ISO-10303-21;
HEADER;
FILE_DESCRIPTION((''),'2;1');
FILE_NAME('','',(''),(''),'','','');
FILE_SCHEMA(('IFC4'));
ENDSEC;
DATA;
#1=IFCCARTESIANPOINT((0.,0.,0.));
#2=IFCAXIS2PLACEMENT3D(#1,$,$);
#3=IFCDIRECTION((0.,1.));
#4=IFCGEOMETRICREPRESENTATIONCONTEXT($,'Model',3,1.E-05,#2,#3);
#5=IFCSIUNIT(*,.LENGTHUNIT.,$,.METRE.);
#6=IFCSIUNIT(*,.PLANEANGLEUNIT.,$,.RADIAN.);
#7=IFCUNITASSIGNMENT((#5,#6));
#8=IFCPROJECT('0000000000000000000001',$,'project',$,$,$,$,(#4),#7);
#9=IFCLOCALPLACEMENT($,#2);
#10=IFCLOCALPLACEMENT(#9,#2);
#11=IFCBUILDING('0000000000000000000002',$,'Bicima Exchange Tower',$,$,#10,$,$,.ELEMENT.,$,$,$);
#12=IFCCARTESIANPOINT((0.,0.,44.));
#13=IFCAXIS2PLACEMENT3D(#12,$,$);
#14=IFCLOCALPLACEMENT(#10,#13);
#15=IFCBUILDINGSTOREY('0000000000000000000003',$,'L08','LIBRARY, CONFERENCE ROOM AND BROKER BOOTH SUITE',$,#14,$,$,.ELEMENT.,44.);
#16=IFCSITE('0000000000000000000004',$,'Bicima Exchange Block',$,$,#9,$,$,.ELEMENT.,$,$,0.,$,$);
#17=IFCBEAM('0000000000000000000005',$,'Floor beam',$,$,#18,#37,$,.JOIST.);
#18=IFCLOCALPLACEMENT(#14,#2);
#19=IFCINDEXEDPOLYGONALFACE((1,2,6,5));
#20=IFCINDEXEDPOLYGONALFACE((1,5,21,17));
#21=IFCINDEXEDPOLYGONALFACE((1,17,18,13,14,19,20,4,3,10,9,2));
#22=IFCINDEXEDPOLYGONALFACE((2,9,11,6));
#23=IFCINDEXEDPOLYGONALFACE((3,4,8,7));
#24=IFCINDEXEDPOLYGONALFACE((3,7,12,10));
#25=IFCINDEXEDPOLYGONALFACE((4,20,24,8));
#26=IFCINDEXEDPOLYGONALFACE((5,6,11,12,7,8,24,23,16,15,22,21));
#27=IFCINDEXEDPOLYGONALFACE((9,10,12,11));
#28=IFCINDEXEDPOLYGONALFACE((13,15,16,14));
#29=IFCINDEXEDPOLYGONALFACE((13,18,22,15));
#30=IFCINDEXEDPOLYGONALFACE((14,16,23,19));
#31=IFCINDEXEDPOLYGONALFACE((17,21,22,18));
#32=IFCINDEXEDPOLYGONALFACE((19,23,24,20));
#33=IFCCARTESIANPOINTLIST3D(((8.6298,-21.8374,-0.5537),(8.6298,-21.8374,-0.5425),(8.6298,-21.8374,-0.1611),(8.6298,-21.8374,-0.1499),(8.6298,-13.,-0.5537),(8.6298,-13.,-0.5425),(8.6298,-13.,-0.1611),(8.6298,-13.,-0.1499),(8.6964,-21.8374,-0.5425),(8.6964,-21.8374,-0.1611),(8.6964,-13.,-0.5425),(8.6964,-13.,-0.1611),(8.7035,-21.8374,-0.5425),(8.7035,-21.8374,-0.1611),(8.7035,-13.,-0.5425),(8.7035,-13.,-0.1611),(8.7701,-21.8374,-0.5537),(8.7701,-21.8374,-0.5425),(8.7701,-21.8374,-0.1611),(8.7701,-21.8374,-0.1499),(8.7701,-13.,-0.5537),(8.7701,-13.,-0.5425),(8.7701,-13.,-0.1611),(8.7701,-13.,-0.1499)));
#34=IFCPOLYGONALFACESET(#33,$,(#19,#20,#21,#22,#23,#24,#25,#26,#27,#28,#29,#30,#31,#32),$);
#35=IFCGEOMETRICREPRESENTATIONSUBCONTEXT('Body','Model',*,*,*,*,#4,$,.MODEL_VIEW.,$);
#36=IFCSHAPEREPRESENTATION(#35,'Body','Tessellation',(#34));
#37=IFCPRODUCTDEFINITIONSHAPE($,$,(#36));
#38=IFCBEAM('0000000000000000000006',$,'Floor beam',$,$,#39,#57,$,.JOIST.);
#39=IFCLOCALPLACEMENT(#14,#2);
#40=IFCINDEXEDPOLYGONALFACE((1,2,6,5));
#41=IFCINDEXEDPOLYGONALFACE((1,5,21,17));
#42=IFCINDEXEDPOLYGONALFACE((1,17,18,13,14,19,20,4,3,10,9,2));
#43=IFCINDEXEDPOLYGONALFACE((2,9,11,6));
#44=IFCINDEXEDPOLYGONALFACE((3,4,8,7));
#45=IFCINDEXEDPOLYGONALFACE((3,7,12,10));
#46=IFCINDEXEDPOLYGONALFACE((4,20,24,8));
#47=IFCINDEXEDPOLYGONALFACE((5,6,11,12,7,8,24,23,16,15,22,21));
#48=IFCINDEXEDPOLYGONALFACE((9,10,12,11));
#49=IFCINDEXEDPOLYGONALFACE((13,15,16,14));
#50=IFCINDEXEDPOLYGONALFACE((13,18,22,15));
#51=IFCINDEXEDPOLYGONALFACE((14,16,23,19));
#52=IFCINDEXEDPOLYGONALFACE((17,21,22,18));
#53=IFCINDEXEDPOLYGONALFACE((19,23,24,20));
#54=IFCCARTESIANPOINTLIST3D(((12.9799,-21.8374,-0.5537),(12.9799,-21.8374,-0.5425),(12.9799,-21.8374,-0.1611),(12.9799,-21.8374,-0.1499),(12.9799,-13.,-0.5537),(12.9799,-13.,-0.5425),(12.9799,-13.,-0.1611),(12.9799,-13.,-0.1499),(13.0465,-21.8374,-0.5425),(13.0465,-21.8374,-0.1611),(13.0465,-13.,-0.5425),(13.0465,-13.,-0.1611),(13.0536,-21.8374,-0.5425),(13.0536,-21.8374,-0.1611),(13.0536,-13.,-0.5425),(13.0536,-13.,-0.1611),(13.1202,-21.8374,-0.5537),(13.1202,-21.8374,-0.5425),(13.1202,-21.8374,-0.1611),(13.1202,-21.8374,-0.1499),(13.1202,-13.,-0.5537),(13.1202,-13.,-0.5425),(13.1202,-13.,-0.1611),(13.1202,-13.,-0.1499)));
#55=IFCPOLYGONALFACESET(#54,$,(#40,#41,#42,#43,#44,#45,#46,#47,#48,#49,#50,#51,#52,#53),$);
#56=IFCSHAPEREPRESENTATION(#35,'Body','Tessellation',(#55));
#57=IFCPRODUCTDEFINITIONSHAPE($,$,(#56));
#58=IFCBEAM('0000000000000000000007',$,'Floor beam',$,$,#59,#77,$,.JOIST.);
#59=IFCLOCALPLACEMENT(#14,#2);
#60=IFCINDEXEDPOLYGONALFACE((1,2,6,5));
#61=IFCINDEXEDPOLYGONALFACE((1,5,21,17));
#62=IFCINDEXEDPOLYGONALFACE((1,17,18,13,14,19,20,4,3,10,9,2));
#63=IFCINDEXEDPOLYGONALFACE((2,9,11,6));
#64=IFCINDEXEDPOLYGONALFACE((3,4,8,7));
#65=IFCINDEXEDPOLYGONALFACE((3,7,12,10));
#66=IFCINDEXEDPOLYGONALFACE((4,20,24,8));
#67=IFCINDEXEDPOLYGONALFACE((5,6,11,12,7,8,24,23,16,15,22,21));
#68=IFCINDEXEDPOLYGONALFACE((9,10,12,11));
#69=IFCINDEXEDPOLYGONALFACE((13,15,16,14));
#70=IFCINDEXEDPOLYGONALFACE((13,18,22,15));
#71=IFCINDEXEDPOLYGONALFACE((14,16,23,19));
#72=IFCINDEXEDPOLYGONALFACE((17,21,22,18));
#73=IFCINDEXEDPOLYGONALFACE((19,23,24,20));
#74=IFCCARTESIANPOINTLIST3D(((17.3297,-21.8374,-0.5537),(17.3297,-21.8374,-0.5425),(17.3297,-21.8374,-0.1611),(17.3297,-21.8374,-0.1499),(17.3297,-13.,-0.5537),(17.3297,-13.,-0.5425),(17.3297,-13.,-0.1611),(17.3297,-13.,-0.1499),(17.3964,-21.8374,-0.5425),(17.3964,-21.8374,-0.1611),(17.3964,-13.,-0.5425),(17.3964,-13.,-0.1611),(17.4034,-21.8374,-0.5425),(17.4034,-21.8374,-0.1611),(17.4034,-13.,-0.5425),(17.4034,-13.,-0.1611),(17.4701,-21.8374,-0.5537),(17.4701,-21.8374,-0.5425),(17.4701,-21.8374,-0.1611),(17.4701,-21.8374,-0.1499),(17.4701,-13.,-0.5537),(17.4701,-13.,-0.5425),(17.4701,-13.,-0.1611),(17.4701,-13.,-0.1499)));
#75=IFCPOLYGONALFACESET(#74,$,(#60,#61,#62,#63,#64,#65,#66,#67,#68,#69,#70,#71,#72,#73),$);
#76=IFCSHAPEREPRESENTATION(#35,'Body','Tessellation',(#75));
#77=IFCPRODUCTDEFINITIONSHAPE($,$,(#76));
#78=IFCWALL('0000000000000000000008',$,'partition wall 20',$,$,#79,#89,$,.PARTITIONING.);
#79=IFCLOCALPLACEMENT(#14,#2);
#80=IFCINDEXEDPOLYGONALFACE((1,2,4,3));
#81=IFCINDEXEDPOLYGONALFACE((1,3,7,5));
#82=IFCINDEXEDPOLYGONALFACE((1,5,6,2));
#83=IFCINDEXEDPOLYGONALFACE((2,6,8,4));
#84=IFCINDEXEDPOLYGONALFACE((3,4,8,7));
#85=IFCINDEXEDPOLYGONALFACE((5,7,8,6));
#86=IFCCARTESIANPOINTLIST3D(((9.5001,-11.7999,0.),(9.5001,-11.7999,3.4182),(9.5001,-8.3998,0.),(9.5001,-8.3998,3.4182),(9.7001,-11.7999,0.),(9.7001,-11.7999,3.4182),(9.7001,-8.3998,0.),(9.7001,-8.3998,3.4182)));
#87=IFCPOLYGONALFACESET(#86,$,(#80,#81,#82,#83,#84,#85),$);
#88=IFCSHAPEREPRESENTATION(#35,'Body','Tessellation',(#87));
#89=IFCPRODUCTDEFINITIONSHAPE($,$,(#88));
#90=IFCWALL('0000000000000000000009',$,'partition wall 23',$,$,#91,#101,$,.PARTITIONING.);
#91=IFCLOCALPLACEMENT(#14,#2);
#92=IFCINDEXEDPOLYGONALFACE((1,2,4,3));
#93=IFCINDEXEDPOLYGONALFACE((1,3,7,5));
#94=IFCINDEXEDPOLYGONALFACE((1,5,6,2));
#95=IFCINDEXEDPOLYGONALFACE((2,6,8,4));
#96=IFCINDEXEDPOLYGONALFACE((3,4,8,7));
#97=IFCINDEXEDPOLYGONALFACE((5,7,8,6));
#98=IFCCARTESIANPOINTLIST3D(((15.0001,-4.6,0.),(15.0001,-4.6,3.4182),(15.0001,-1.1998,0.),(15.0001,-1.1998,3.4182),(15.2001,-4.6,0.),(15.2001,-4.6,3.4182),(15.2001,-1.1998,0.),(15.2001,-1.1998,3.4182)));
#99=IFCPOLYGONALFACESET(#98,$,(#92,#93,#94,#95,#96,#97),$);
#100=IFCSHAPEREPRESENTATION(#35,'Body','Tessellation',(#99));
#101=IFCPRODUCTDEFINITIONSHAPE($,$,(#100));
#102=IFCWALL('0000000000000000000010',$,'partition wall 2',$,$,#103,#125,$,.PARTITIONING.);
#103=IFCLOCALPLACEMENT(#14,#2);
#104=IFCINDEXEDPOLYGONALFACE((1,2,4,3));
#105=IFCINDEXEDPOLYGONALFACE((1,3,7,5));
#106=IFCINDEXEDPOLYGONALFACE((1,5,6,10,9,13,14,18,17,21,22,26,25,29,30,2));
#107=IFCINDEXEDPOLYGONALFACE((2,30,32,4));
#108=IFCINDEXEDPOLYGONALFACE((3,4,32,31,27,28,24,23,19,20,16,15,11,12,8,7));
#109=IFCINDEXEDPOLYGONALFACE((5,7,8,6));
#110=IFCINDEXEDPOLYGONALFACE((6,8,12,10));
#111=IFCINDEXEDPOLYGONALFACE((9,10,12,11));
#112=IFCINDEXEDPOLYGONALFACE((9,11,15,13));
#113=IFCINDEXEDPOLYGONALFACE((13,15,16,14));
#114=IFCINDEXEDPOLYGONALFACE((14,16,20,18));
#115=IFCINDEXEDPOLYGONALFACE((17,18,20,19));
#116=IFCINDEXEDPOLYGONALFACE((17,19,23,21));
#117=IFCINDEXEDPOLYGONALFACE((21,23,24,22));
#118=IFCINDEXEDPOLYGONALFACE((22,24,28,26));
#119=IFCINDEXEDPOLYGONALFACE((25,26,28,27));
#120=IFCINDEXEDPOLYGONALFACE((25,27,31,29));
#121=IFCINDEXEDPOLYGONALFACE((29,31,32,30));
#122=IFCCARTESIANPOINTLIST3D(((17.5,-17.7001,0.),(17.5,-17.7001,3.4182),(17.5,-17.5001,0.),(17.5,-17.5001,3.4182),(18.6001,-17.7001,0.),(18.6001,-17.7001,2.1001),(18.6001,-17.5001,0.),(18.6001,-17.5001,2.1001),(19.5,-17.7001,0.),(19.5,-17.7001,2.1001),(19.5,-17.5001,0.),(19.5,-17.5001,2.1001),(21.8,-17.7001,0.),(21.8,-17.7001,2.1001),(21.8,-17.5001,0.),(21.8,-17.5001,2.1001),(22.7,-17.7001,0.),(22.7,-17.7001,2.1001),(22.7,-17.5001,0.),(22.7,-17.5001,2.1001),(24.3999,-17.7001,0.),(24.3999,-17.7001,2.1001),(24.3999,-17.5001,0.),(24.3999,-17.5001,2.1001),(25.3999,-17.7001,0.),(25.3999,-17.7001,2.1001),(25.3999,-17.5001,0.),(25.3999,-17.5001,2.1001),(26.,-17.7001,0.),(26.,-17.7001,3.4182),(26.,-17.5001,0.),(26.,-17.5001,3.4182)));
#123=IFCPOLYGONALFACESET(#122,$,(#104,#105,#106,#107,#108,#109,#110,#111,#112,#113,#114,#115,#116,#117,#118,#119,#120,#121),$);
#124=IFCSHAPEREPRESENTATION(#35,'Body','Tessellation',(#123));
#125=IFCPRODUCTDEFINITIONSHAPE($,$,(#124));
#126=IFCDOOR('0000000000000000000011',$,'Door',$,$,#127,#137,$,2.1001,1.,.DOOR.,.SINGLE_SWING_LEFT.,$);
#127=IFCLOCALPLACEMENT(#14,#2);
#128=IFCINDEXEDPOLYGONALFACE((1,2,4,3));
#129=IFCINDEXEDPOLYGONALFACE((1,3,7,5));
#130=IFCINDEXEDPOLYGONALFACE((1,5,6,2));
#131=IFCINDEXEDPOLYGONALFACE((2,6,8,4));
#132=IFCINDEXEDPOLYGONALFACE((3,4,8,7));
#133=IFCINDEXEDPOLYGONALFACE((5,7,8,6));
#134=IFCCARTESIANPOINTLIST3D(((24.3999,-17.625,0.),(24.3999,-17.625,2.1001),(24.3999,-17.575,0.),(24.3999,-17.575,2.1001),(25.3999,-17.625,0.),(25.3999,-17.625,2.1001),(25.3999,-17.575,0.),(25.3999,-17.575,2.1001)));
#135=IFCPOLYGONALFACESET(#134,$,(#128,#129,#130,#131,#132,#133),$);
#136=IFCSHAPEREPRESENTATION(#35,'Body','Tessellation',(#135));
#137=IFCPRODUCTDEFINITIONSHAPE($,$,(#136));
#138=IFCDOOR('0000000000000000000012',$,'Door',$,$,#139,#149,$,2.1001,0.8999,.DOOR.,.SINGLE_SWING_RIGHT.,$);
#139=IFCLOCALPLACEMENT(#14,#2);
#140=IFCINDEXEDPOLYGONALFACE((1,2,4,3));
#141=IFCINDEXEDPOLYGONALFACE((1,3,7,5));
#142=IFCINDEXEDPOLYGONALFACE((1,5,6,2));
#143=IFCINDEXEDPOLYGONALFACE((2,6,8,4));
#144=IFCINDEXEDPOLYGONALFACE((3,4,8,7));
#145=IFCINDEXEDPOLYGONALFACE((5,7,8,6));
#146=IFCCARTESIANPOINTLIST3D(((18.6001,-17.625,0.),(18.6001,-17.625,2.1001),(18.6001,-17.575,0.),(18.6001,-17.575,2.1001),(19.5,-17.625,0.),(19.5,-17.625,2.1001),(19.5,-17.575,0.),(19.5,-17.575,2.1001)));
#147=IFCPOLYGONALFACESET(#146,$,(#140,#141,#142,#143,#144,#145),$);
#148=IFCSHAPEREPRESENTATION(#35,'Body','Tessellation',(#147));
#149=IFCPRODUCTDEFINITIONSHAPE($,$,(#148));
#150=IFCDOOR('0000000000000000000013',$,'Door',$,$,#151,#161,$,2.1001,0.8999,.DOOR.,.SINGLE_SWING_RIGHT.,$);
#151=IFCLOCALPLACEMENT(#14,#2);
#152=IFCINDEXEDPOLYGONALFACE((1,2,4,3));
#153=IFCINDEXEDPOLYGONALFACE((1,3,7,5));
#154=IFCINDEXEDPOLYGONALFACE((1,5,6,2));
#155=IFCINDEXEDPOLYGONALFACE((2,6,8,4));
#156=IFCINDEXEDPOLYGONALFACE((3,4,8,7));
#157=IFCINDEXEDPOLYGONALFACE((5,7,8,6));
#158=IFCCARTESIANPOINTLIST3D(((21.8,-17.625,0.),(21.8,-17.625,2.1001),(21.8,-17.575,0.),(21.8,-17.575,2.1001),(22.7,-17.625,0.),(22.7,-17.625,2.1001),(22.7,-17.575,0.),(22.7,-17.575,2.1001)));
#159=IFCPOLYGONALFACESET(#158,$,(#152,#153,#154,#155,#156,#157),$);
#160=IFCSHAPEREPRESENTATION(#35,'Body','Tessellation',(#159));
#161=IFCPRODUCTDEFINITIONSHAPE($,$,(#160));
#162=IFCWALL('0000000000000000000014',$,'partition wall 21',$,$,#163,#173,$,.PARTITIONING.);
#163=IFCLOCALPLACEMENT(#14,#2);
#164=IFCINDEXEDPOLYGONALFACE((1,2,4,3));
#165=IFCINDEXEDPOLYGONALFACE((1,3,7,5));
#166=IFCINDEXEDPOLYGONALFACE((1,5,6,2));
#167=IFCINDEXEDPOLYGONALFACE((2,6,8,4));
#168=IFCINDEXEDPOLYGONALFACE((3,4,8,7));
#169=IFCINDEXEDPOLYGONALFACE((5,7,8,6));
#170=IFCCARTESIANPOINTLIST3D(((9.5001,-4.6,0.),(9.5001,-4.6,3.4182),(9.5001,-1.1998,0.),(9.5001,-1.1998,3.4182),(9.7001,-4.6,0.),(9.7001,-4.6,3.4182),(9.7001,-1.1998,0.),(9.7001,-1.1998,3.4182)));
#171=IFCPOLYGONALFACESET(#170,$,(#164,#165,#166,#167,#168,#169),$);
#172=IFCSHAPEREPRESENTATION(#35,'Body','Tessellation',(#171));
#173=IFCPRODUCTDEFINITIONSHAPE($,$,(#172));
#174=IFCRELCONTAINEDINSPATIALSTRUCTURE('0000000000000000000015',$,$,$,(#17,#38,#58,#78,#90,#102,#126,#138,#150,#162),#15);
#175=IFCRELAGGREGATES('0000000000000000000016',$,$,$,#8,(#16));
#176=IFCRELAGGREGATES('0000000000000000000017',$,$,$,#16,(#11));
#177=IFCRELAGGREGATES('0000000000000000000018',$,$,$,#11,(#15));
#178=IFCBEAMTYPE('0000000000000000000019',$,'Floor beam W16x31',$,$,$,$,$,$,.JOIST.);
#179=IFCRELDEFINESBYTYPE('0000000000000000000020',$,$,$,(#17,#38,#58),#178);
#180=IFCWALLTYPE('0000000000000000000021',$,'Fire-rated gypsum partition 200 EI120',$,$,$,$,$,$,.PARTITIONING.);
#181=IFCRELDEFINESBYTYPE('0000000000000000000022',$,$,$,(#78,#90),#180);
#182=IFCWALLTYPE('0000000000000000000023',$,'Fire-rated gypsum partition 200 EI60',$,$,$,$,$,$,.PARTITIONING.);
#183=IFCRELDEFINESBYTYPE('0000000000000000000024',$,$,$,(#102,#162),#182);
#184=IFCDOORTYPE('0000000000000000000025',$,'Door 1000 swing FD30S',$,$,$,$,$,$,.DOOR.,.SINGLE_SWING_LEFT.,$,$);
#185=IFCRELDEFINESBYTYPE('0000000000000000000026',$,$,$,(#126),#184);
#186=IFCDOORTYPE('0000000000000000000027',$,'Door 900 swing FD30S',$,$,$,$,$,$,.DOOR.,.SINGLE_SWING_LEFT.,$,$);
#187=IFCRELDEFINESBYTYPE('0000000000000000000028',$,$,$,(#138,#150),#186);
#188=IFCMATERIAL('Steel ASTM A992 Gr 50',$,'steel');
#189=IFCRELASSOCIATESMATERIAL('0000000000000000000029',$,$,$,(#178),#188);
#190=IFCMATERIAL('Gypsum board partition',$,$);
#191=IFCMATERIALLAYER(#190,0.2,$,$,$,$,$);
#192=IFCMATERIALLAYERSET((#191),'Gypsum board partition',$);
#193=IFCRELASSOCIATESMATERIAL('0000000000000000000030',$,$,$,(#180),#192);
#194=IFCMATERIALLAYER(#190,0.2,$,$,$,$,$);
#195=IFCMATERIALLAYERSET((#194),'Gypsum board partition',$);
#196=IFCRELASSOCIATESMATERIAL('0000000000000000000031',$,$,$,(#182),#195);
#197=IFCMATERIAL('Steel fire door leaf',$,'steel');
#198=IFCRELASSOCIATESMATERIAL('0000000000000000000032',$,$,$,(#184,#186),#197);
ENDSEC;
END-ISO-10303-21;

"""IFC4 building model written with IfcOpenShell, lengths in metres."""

from ifc_helpers import new_model, si_unit, direction, frame, frame_2d, origin, origin_2d, place, context, subcontext, project, spatial, rectangle, i_section, extrude, material, layer, layer_set, material_profile, profile_set, type_object, element, fill, save


model = new_model("IFC4")

# Units and contexts
model_context = context("Model", 3, precision=1e-05, world=origin(), true_north=direction((0.0, 1.0)))
body_context = subcontext(model_context, "Body", "Model", "MODEL_VIEW")
ifc_project = project(units=[si_unit("LENGTHUNIT", "METRE"), si_unit("PLANEANGLEUNIT", "RADIAN")], contexts=[model_context])

# Site, building, storey
site_placement = place(None, origin())
site = spatial("IfcSite", under=ifc_project, at=site_placement, Name="Bicima Exchange Block", CompositionType="ELEMENT", RefElevation=0.0)
building_placement = place(site_placement, origin())
building = spatial("IfcBuilding", under=site, at=building_placement, Name="Bicima Exchange Tower", CompositionType="ELEMENT")
storey_placement = place(building_placement, frame((0.0, 0.0, 44.0)))
storey = spatial("IfcBuildingStorey", under=building, at=storey_placement, Name="L08", Description="LIBRARY, CONFERENCE ROOM AND BROKER BOOTH SUITE", CompositionType="ELEMENT", Elevation=44.0)

# Beams
ifc_material_1 = material(Name="Steel ASTM A992 Gr 50", Category="steel")
ifc_material_profile = material_profile(ifc_material_1, i_section(OverallWidth=0.1404, OverallDepth=0.4038, WebThickness=0.0071, FlangeThickness=0.0112, at=origin_2d()))
ifc_profile_set = profile_set([ifc_material_profile], Name="Steel ASTM A992 Gr 50")
beam_type = type_object("IfcBeamType", Name="Floor beam W16x31", PredefinedType="JOIST", material=ifc_profile_set)
for number, where, z_axis, x_axis, name in (
    (1, (8.7, -13.0, -0.3518), (0.0, -1.0, 0.0), (1.0, 0.0, 0.0), "Floor beam"),
    (2, (13.05, -13.0, -0.3518), (0.0, -1.0, 0.0), (1.0, 0.0, 0.0), "Floor beam"),
    (3, (17.3999, -13.0, -0.3518), (0.0, -1.0, 0.0), (1.0, 0.0, 0.0), "Floor beam"),
):
    element("IfcBeam", number, at=place(storey_placement, frame(where, z_axis=z_axis, x_axis=x_axis)), inside=storey, type_object=beam_type, Name=name, PredefinedType="JOIST", context=body_context, shape_type="SweptSolid", body=[
        extrude(i_section(OverallWidth=0.1404, OverallDepth=0.4038, WebThickness=0.0071, FlangeThickness=0.0112, at=origin_2d()), origin(), (0.0, 0.0, 1.0), 8.8374),
    ])

# Walls
ifc_material_2 = material(Name="Gypsum board partition")
ifc_layer_1 = layer(ifc_material_2, 0.2)
ifc_layer_set_1 = layer_set([ifc_layer_1], Name="Gypsum board partition")
wall_type_1 = type_object("IfcWallType", Name="Fire-rated gypsum partition 200 EI120", PredefinedType="PARTITIONING", material=ifc_layer_set_1)
for number, where, z_axis, x_axis, name in (
    (4, (9.6001, -11.8, 0.0), (0.0, 0.0, 1.0), (0.0, 1.0, 0.0), "partition wall 20"),
    (5, (15.1001, -4.6001, 0.0), (0.0, 0.0, 1.0), (0.0, 1.0, 0.0), "partition wall 23"),
):
    element("IfcWall", number, at=place(storey_placement, frame(where, z_axis=z_axis, x_axis=x_axis)), inside=storey, type_object=wall_type_1, Name=name, PredefinedType="PARTITIONING", context=body_context, shape_type="SweptSolid", body=[
        extrude(rectangle(XDim=3.4001, YDim=0.2, at=frame_2d((1.7002, 0.0))), origin(), (0.0, 0.0, 1.0), 3.4182),
    ])

# Wall, openings, doors
ifc_layer_2 = layer(ifc_material_2, 0.2)
ifc_layer_set_2 = layer_set([ifc_layer_2], Name="Gypsum board partition")
wall_type_2 = type_object("IfcWallType", Name="Fire-rated gypsum partition 200 EI60", PredefinedType="PARTITIONING", material=ifc_layer_set_2)
wall_1_placement = place(storey_placement, frame((17.5, -17.6001, 0.0), z_axis=(0.0, 0.0, 1.0), x_axis=(1.0, 0.0, 0.0)))
wall_1 = element("IfcWall", 6, at=wall_1_placement, inside=storey, type_object=wall_type_2, Name="partition wall 2", PredefinedType="PARTITIONING", context=body_context, shape_type="SweptSolid", body=[
    extrude(rectangle(XDim=8.5, YDim=0.2, at=frame_2d((4.25, 0.0))), origin(), (0.0, 0.0, 1.0), 3.4182),
])
opening_1_placement = place(wall_1_placement, frame((1.1001, 0.0, 0.0)))
opening_1 = element("IfcOpeningElement", 7, at=opening_1_placement, cuts=wall_1, PredefinedType="OPENING", context=body_context, shape_type="SweptSolid", body=[
    extrude(rectangle(XDim=0.8999, YDim=2.1001, at=frame_2d((0.45, 1.05))), frame((0.0, 0.1118, 0.0), z_axis=(0.0, -1.0, 0.0), x_axis=(1.0, 0.0, 0.0)), (0.0, 0.0, 1.0), 0.2239),
])
opening_2_placement = place(wall_1_placement, frame((4.3, 0.0, 0.0)))
opening_2 = element("IfcOpeningElement", 8, at=opening_2_placement, cuts=wall_1, PredefinedType="OPENING", context=body_context, shape_type="SweptSolid", body=[
    extrude(rectangle(XDim=0.8999, YDim=2.1001, at=frame_2d((0.45, 1.05))), frame((0.0, 0.1118, 0.0), z_axis=(0.0, -1.0, 0.0), x_axis=(1.0, 0.0, 0.0)), (0.0, 0.0, 1.0), 0.2239),
])
opening_3_placement = place(wall_1_placement, frame((6.8999, 0.0, 0.0)))
opening_3 = element("IfcOpeningElement", 9, at=opening_3_placement, cuts=wall_1, PredefinedType="OPENING", context=body_context, shape_type="SweptSolid", body=[
    extrude(rectangle(XDim=1.0, YDim=2.1001, at=frame_2d((0.5, 1.05))), frame((0.0, 0.1118, 0.0), z_axis=(0.0, -1.0, 0.0), x_axis=(1.0, 0.0, 0.0)), (0.0, 0.0, 1.0), 0.2239),
])
ifc_material_3 = material(Name="Steel fire door leaf", Category="steel")
door_type_1 = type_object("IfcDoorType", Name="Door 1000 swing FD30S", OperationType="SINGLE_SWING_LEFT", PredefinedType="DOOR", material=ifc_material_3)
door_1_placement = place(opening_3_placement, frame((1.0, 0.0, 0.0), z_axis=(0.0, 0.0, 1.0), x_axis=(-1.0, 0.0, 0.0)))
door_1 = element("IfcDoor", 10, at=door_1_placement, inside=storey, type_object=door_type_1, Name="Door", OperationType="SINGLE_SWING_LEFT", OverallHeight=2.1001, OverallWidth=1.0, PredefinedType="DOOR", context=body_context, shape_type="SweptSolid", body=[
    extrude(rectangle(XDim=1.0, YDim=2.1001, at=frame_2d((0.5, 1.05))), frame((0.0, 0.0249, 0.0), z_axis=(0.0, -1.0, 0.0), x_axis=(1.0, 0.0, 0.0)), (0.0, 0.0, 1.0), 0.05),
])
fill(opening_3, door_1)
door_type_2 = type_object("IfcDoorType", Name="Door 900 swing FD30S", OperationType="SINGLE_SWING_LEFT", PredefinedType="DOOR", material=ifc_material_3)
door_2_placement = place(opening_1_placement, frame((0.8999, 0.0, 0.0), z_axis=(0.0, 0.0, 1.0), x_axis=(-1.0, 0.0, 0.0)))
door_2 = element("IfcDoor", 11, at=door_2_placement, inside=storey, type_object=door_type_2, Name="Door", OperationType="SINGLE_SWING_RIGHT", OverallHeight=2.1001, OverallWidth=0.8999, PredefinedType="DOOR", context=body_context, shape_type="SweptSolid", body=[
    extrude(rectangle(XDim=0.8999, YDim=2.1001, at=frame_2d((0.45, 1.05))), frame((0.0, 0.0249, 0.0), z_axis=(0.0, -1.0, 0.0), x_axis=(1.0, 0.0, 0.0)), (0.0, 0.0, 1.0), 0.05),
])
fill(opening_1, door_2)
door_3_placement = place(opening_2_placement, frame((0.8999, 0.0, 0.0), z_axis=(0.0, 0.0, 1.0), x_axis=(-1.0, 0.0, 0.0)))
door_3 = element("IfcDoor", 12, at=door_3_placement, inside=storey, type_object=door_type_2, Name="Door", OperationType="SINGLE_SWING_RIGHT", OverallHeight=2.1001, OverallWidth=0.8999, PredefinedType="DOOR", context=body_context, shape_type="SweptSolid", body=[
    extrude(rectangle(XDim=0.8999, YDim=2.1001, at=frame_2d((0.45, 1.05))), frame((0.0, 0.0249, 0.0), z_axis=(0.0, -1.0, 0.0), x_axis=(1.0, 0.0, 0.0)), (0.0, 0.0, 1.0), 0.05),
])
fill(opening_2, door_3)

# Wall
wall_2_placement = place(storey_placement, frame((9.6001, -4.6001, 0.0), z_axis=(0.0, 0.0, 1.0), x_axis=(0.0, 1.0, 0.0)))
element("IfcWall", 13, at=wall_2_placement, inside=storey, type_object=wall_type_2, Name="partition wall 21", PredefinedType="PARTITIONING", context=body_context, shape_type="SweptSolid", body=[
    extrude(rectangle(XDim=3.4001, YDim=0.2, at=frame_2d((1.7002, 0.0))), origin(), (0.0, 0.0, 1.0), 3.4182),
])

save(model, "model.ifc")
